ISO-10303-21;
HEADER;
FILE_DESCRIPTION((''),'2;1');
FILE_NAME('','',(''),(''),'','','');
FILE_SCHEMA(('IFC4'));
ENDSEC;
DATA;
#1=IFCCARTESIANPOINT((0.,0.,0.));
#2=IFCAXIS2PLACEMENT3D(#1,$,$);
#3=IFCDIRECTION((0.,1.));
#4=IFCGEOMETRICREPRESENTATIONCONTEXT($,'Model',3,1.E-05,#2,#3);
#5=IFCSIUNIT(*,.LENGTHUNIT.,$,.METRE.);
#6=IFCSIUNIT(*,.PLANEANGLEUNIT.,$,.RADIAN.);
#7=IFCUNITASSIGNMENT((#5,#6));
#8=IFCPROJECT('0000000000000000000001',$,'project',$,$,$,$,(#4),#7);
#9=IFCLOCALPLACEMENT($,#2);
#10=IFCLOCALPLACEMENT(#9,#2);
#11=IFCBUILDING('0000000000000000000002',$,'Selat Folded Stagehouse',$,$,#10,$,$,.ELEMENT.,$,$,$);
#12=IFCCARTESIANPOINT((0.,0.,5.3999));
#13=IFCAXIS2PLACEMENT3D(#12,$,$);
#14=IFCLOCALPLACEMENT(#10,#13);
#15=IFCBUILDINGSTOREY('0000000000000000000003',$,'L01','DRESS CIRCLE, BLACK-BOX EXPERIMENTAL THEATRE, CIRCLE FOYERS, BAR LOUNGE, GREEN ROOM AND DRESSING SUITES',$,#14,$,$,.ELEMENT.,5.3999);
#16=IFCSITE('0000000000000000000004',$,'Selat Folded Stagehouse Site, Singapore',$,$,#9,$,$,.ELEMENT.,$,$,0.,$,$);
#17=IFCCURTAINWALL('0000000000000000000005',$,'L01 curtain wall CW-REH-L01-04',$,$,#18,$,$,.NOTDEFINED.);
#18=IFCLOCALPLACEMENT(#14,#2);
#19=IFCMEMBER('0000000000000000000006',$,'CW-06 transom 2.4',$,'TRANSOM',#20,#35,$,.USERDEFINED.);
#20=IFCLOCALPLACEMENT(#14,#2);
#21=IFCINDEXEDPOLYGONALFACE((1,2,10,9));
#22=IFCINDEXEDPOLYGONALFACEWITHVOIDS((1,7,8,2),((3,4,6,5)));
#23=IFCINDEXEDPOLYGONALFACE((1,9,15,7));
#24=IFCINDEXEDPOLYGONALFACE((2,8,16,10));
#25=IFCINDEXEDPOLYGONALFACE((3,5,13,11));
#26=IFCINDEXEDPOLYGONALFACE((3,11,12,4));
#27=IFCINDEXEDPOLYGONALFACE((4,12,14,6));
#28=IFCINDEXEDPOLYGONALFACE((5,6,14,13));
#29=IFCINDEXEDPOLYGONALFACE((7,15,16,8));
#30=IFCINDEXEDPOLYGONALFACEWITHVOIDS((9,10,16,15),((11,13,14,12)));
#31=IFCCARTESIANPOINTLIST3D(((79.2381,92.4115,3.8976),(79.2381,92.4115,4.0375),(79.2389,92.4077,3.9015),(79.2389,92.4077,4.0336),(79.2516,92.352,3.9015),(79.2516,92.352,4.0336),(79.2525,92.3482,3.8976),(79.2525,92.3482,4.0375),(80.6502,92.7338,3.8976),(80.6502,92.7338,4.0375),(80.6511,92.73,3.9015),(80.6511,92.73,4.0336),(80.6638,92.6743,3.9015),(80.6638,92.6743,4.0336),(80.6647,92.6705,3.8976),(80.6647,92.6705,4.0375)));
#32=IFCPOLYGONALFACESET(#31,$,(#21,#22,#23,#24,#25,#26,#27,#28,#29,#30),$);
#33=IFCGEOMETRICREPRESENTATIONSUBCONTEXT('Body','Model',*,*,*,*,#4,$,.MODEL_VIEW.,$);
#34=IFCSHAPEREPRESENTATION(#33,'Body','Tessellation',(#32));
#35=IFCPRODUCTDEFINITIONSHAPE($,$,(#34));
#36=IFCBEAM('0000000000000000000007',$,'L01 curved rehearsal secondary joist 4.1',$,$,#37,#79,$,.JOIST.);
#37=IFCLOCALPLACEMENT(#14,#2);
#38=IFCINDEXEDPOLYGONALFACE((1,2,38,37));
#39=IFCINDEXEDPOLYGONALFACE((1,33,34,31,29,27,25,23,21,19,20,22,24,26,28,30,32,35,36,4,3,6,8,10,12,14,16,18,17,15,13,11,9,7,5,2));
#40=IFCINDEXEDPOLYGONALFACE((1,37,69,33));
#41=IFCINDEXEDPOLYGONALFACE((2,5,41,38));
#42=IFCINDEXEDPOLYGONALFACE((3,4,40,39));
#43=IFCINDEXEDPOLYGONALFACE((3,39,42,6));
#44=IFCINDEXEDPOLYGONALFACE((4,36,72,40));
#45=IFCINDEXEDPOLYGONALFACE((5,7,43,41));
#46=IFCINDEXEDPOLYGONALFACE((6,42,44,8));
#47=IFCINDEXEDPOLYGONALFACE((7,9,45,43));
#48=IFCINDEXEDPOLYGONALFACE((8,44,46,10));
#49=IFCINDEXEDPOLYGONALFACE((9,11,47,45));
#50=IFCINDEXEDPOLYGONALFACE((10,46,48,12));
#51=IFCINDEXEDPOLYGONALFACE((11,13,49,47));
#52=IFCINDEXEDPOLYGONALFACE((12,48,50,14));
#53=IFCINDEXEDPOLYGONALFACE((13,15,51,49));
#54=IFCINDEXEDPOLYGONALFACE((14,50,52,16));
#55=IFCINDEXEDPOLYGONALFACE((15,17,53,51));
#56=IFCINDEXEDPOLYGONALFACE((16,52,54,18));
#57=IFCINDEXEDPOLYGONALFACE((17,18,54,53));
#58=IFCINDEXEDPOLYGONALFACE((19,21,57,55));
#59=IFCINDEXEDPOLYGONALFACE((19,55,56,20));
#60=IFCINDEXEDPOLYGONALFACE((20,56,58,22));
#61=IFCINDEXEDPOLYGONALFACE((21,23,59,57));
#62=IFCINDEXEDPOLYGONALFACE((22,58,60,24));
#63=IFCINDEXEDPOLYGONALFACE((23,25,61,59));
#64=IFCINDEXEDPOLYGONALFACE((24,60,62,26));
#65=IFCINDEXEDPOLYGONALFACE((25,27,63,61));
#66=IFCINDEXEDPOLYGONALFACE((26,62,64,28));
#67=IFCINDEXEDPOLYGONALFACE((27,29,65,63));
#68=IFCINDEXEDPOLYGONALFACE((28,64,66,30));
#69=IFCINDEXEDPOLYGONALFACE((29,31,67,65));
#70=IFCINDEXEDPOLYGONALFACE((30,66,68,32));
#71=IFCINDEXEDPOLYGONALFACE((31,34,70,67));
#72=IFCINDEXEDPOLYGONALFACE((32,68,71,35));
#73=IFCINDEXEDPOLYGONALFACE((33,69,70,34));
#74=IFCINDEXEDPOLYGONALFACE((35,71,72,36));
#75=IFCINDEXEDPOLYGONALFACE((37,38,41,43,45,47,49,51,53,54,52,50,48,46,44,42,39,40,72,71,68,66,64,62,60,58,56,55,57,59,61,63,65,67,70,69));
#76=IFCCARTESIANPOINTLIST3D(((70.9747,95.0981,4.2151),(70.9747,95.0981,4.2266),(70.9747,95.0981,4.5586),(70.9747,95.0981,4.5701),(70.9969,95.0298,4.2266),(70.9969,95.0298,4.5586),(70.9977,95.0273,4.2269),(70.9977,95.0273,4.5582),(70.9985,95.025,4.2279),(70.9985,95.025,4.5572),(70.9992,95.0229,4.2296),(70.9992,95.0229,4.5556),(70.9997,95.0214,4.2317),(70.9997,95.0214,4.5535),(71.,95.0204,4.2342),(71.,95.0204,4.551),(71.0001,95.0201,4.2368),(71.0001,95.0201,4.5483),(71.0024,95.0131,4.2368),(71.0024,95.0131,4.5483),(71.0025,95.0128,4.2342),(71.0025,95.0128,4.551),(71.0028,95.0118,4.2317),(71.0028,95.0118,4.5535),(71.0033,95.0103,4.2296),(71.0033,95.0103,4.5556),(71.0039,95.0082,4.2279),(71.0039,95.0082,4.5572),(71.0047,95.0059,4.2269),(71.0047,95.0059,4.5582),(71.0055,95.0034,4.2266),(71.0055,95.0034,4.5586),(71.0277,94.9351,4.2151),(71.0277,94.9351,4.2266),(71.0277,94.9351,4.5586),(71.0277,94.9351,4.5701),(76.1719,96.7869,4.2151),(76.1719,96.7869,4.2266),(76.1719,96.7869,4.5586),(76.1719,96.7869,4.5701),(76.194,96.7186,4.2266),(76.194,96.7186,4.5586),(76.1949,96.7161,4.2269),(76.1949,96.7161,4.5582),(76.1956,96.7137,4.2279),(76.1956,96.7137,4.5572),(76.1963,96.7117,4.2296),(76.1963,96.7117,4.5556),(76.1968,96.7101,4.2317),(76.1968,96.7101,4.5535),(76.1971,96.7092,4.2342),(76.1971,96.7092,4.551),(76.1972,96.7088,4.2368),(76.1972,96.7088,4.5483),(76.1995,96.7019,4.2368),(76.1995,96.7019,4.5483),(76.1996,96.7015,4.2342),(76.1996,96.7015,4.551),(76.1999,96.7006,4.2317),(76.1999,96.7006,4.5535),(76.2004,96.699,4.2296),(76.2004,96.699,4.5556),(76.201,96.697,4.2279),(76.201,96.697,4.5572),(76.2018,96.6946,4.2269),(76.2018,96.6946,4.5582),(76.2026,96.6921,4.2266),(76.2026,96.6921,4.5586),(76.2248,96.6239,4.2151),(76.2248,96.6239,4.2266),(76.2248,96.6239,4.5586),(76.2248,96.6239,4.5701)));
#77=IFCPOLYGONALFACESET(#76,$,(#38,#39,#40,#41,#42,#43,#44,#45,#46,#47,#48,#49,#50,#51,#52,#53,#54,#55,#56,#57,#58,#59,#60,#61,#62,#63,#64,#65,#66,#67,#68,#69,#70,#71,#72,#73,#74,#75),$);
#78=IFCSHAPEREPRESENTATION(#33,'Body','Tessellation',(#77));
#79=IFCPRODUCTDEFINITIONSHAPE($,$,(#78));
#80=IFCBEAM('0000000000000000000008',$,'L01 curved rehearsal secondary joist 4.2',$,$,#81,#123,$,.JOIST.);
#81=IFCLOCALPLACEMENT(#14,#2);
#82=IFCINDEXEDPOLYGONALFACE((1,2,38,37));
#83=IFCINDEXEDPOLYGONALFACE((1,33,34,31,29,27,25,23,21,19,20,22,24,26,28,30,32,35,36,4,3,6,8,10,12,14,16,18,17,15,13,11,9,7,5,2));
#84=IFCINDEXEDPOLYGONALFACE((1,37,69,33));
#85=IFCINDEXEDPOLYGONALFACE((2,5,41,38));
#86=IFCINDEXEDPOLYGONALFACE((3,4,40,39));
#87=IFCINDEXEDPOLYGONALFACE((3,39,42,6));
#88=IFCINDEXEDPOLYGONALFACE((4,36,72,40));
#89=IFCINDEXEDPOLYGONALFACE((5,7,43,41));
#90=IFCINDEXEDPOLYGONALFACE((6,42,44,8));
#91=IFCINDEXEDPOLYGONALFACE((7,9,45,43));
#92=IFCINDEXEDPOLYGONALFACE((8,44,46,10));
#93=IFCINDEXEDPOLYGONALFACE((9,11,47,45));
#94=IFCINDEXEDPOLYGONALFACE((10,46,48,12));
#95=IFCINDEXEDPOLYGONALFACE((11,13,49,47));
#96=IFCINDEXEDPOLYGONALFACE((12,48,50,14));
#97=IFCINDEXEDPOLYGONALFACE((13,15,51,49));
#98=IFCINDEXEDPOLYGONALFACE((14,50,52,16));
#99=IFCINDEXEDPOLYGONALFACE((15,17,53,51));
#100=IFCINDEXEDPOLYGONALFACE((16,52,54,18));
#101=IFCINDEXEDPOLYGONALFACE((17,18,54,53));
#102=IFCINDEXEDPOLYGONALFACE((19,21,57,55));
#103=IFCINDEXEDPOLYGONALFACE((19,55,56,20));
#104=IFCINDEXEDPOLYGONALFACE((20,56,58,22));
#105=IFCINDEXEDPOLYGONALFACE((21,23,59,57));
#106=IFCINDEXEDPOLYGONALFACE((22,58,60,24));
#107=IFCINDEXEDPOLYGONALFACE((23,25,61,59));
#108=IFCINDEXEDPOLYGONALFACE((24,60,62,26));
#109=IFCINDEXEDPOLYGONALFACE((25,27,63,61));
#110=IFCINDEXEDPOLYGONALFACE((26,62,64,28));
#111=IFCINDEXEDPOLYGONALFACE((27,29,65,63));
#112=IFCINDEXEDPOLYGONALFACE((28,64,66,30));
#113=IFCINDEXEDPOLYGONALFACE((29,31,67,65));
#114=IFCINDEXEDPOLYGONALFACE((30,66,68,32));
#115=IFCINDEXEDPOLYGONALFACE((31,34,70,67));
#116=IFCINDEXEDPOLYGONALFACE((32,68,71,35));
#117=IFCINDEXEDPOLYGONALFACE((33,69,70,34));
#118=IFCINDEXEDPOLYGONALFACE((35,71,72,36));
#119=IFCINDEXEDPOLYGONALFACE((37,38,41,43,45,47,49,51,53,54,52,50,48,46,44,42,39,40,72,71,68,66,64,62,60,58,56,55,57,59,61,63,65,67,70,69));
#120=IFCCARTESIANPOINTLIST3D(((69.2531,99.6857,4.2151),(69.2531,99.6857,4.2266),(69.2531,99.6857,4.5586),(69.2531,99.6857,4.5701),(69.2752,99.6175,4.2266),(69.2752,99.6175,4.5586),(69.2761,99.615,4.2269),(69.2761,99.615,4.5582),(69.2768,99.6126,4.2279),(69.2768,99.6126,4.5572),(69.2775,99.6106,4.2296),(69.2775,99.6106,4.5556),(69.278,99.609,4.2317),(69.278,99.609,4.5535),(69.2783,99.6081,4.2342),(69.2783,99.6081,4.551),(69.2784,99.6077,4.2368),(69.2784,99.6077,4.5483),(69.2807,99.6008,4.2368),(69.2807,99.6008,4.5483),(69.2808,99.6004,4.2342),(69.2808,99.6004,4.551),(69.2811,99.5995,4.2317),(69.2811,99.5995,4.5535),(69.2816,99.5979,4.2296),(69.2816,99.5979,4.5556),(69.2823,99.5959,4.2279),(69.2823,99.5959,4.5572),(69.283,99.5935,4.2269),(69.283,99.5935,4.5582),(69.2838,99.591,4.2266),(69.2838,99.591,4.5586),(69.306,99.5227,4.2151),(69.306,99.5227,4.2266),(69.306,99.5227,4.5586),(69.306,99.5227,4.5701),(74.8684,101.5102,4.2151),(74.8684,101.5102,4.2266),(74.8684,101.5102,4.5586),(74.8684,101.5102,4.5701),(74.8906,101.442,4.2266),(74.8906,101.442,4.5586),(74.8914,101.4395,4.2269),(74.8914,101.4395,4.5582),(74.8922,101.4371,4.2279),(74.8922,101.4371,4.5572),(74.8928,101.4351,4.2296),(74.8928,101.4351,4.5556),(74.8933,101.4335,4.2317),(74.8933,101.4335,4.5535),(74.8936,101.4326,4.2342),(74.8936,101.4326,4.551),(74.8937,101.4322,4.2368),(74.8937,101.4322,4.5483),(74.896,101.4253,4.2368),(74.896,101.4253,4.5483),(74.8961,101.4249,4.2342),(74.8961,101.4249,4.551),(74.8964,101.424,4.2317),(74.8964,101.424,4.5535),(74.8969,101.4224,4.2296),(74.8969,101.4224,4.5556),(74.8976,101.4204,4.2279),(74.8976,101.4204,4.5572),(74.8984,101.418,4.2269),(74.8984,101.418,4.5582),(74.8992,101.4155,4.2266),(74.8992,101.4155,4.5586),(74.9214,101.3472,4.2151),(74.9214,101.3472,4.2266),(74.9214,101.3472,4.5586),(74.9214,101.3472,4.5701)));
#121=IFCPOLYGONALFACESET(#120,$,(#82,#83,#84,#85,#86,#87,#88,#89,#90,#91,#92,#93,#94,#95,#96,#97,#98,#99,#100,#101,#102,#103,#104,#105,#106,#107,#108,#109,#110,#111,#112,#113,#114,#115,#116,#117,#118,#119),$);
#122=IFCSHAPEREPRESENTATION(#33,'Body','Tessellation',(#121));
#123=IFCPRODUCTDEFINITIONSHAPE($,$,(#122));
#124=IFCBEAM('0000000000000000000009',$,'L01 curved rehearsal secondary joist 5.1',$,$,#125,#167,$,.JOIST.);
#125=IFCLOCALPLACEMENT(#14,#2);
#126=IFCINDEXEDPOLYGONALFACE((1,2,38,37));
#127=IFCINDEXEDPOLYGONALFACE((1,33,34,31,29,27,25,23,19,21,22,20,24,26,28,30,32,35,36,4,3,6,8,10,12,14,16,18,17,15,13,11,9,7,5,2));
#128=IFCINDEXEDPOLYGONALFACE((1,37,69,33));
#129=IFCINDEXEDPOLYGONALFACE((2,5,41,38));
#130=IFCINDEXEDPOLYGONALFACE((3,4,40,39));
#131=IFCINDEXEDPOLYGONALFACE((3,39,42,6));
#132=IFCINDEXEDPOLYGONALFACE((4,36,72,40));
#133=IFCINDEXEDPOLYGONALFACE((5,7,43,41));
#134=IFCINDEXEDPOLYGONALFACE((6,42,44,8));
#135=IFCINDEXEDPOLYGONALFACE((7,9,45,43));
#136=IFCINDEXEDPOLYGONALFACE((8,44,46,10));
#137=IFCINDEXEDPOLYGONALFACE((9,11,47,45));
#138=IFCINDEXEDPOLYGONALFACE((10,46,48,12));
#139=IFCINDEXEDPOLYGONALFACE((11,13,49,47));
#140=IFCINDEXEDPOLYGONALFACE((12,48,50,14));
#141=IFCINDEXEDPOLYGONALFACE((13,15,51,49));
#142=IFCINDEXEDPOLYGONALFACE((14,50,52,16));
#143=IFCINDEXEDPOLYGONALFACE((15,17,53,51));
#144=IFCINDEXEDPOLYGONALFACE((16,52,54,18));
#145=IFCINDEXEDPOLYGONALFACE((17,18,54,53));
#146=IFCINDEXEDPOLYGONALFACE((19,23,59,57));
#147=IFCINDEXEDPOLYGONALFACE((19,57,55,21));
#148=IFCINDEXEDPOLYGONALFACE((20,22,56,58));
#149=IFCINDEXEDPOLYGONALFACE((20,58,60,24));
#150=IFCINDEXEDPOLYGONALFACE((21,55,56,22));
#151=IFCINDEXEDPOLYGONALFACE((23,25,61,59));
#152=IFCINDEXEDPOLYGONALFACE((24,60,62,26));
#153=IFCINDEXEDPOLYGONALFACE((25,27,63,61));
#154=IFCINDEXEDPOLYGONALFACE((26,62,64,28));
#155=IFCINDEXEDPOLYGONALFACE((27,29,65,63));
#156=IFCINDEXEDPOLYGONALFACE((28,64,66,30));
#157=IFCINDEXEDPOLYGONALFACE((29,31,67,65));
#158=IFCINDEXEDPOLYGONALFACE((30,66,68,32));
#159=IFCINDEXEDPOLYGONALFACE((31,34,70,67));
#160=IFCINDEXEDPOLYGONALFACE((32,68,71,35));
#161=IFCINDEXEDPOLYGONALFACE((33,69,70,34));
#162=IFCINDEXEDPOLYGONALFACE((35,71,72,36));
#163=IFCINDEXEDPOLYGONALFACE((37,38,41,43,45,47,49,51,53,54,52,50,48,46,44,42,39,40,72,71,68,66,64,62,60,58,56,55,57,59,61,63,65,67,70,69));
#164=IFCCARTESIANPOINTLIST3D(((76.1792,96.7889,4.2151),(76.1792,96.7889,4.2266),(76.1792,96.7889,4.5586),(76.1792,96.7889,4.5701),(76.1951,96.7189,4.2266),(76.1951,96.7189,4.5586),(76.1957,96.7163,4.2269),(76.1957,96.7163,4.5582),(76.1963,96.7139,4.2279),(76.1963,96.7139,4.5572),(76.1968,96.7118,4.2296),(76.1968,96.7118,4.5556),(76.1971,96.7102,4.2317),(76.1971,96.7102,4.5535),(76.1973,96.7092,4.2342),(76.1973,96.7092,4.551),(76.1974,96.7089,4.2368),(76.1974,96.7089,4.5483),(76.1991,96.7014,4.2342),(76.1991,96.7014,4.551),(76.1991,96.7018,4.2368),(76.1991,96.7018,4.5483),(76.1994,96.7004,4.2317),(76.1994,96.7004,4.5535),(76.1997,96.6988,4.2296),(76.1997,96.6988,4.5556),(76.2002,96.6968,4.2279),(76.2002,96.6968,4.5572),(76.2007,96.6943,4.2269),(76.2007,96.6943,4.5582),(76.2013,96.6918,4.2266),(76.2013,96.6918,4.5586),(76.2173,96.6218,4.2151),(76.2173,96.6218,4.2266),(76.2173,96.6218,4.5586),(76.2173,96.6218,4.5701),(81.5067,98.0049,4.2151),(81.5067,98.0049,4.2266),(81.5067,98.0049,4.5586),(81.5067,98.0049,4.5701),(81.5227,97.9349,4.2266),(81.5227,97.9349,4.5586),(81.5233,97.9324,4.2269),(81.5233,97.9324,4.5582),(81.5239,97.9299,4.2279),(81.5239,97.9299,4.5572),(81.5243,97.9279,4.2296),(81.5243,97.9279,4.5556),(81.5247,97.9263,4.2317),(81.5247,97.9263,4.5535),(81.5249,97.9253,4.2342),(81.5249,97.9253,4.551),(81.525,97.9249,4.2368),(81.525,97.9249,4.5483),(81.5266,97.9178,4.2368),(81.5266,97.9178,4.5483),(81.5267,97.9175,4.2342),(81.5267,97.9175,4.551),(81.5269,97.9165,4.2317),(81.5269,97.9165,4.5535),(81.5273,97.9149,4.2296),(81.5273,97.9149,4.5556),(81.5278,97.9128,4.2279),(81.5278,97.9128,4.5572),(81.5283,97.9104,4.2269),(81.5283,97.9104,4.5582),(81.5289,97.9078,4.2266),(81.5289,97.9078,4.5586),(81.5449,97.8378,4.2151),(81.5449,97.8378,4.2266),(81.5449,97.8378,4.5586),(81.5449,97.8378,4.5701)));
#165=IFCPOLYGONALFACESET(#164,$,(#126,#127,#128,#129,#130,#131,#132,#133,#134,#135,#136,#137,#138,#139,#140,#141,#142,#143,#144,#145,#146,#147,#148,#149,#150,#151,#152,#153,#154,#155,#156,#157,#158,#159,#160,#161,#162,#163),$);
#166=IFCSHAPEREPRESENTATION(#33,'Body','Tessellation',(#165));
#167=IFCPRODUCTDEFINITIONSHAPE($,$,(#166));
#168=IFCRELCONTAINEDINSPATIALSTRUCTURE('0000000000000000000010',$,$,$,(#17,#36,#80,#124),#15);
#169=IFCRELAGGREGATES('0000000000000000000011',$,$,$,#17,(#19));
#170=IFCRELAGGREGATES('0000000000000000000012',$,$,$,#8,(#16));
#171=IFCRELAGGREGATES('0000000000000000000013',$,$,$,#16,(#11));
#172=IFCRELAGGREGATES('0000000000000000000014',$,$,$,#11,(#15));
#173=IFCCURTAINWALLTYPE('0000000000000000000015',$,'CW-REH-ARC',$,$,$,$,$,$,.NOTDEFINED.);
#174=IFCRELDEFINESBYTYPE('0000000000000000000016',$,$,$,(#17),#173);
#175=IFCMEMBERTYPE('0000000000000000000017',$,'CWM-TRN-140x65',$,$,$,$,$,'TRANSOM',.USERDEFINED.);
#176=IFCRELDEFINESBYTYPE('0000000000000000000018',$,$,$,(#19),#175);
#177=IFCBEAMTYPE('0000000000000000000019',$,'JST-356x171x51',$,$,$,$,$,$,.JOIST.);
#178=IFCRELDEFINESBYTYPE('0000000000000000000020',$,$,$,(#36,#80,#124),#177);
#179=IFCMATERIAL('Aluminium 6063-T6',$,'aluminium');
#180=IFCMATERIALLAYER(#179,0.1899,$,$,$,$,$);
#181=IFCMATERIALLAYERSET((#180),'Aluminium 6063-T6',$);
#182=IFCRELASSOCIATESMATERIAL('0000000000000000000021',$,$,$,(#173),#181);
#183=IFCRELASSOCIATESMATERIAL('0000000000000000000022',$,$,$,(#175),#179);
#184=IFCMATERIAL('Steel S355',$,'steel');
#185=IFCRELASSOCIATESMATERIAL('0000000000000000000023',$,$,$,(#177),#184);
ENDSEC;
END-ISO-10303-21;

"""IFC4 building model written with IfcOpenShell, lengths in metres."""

from ifc_helpers import new_model, si_unit, direction, frame, origin, origin_2d, place, context, subcontext, project, spatial, hollow_rectangle, i_section, extrude, material, layer, layer_set, material_profile, profile_set, type_object, element, aggregate, save


model = new_model("IFC4")

# Units and contexts
model_context = context("Model", 3, precision=1e-05, world=origin(), true_north=direction((0.0, 1.0)))
body_context = subcontext(model_context, "Body", "Model", "MODEL_VIEW")
ifc_project = project(units=[si_unit("LENGTHUNIT", "METRE"), si_unit("PLANEANGLEUNIT", "RADIAN")], contexts=[model_context])

# Site, building, storey
site_placement = place(None, origin())
site = spatial("IfcSite", under=ifc_project, at=site_placement, Name="Selat Folded Stagehouse Site, Singapore", CompositionType="ELEMENT", RefElevation=0.0)
building_placement = place(site_placement, origin())
building = spatial("IfcBuilding", under=site, at=building_placement, Name="Selat Folded Stagehouse", CompositionType="ELEMENT")
storey_placement = place(building_placement, frame((0.0, 0.0, 5.3999)))
storey = spatial("IfcBuildingStorey", under=building, at=storey_placement, Name="L01", Description="DRESS CIRCLE, BLACK-BOX EXPERIMENTAL THEATRE, CIRCLE FOYERS, BAR LOUNGE, GREEN ROOM AND DRESSING SUITES", CompositionType="ELEMENT", Elevation=5.3999)

# Shared definitions
ifc_material_1 = material(Name="Steel S355", Category="steel")

# Curtain wall, member
ifc_material_2 = material(Name="Aluminium 6063-T6", Category="aluminium")
ifc_layer_1 = layer(ifc_material_2, 0.1899)
ifc_layer_set_1 = layer_set([ifc_layer_1], Name="Aluminium 6063-T6")
curtain_wall_type = type_object("IfcCurtainWallType", Name="CW-REH-ARC", PredefinedType="NOTDEFINED", material=ifc_layer_set_1)
curtain_wall_placement = place(storey_placement, origin())
curtain_wall = element("IfcCurtainWall", 1, at=curtain_wall_placement, inside=storey, type_object=curtain_wall_type, Name="L01 curtain wall CW-REH-L01-04", PredefinedType="NOTDEFINED")
ifc_material_profile_1 = material_profile(ifc_material_2, hollow_rectangle(XDim=0.0649, YDim=0.1399, WallThickness=0.0039, at=origin_2d()), Name="ALU 140x65x4.0")
ifc_profile_set_1 = profile_set([ifc_material_profile_1], Name="Aluminium 6063-T6")
member_type_1 = type_object("IfcMemberType", Name="CWM-TRN-140x65", ElementType="TRANSOM", PredefinedType="USERDEFINED", material=ifc_profile_set_1)
member_1_placement = place(storey_placement, frame((80.6575, 92.7021, 3.9675), z_axis=(-0.974934, -0.222495, 0.0), x_axis=(0.222495, -0.974934, 0.0)))
member_1 = element("IfcMember", 2, at=member_1_placement, type_object=member_type_1, Name="CW-06 transom 2.4", ObjectType="TRANSOM", PredefinedType="USERDEFINED", context=body_context, shape_type="SweptSolid", body=[
    extrude(hollow_rectangle(XDim=0.0649, YDim=0.1399, WallThickness=0.0039, at=origin_2d()), origin(), (0.0, 0.0, 1.0), 1.4485),
])

# Beams
ifc_material_profile_2 = material_profile(ifc_material_1, i_section(OverallWidth=0.1714, OverallDepth=0.355, WebThickness=0.0073, FlangeThickness=0.0115, FilletRadius=0.0103, at=origin_2d()), Name="UKB 356x171x51")
ifc_profile_set_2 = profile_set([ifc_material_profile_2], Name="Steel S355")
beam_type_1 = type_object("IfcBeamType", Name="JST-356x171x51", PredefinedType="JOIST", material=ifc_profile_set_2)
beam_1_placement = place(storey_placement, frame((71.0012, 95.0166, 4.3926), z_axis=(0.951051, 0.309035, 0.0), x_axis=(-0.309035, 0.951051, 0.0)))
element("IfcBeam", 3, at=beam_1_placement, inside=storey, type_object=beam_type_1, Name="L01 curved rehearsal secondary joist 4.1", PredefinedType="JOIST", context=body_context, shape_type="SweptSolid", body=[
    extrude(i_section(OverallWidth=0.1714, OverallDepth=0.355, WebThickness=0.0073, FlangeThickness=0.0115, FilletRadius=0.0103, at=origin_2d()), origin(), (0.0, 0.0, 1.0), 5.4646),
])
beam_2_placement = place(storey_placement, frame((69.2795, 99.6042, 4.3926), z_axis=(0.951058, 0.309011, 0.0), x_axis=(-0.309011, 0.951058, 0.0)))
element("IfcBeam", 4, at=beam_2_placement, inside=storey, type_object=beam_type_1, Name="L01 curved rehearsal secondary joist 4.2", PredefinedType="JOIST", context=body_context, shape_type="SweptSolid", body=[
    extrude(i_section(OverallWidth=0.1714, OverallDepth=0.355, WebThickness=0.0073, FlangeThickness=0.0115, FilletRadius=0.0103, at=origin_2d()), origin(), (0.0, 0.0, 1.0), 5.9043),
])
beam_3_placement = place(storey_placement, frame((76.1982, 96.7053, 4.3926), z_axis=(0.974925, 0.222532, 0.0), x_axis=(-0.222532, 0.974925, 0.0)))
element("IfcBeam", 5, at=beam_3_placement, inside=storey, type_object=beam_type_1, Name="L01 curved rehearsal secondary joist 5.1", PredefinedType="JOIST", context=body_context, shape_type="SweptSolid", body=[
    extrude(i_section(OverallWidth=0.1714, OverallDepth=0.355, WebThickness=0.0073, FlangeThickness=0.0115, FilletRadius=0.0103, at=origin_2d()), origin(), (0.0, 0.0, 1.0), 5.4646),
])

aggregate(curtain_wall, [member_1])

save(model, "model.ifc")
